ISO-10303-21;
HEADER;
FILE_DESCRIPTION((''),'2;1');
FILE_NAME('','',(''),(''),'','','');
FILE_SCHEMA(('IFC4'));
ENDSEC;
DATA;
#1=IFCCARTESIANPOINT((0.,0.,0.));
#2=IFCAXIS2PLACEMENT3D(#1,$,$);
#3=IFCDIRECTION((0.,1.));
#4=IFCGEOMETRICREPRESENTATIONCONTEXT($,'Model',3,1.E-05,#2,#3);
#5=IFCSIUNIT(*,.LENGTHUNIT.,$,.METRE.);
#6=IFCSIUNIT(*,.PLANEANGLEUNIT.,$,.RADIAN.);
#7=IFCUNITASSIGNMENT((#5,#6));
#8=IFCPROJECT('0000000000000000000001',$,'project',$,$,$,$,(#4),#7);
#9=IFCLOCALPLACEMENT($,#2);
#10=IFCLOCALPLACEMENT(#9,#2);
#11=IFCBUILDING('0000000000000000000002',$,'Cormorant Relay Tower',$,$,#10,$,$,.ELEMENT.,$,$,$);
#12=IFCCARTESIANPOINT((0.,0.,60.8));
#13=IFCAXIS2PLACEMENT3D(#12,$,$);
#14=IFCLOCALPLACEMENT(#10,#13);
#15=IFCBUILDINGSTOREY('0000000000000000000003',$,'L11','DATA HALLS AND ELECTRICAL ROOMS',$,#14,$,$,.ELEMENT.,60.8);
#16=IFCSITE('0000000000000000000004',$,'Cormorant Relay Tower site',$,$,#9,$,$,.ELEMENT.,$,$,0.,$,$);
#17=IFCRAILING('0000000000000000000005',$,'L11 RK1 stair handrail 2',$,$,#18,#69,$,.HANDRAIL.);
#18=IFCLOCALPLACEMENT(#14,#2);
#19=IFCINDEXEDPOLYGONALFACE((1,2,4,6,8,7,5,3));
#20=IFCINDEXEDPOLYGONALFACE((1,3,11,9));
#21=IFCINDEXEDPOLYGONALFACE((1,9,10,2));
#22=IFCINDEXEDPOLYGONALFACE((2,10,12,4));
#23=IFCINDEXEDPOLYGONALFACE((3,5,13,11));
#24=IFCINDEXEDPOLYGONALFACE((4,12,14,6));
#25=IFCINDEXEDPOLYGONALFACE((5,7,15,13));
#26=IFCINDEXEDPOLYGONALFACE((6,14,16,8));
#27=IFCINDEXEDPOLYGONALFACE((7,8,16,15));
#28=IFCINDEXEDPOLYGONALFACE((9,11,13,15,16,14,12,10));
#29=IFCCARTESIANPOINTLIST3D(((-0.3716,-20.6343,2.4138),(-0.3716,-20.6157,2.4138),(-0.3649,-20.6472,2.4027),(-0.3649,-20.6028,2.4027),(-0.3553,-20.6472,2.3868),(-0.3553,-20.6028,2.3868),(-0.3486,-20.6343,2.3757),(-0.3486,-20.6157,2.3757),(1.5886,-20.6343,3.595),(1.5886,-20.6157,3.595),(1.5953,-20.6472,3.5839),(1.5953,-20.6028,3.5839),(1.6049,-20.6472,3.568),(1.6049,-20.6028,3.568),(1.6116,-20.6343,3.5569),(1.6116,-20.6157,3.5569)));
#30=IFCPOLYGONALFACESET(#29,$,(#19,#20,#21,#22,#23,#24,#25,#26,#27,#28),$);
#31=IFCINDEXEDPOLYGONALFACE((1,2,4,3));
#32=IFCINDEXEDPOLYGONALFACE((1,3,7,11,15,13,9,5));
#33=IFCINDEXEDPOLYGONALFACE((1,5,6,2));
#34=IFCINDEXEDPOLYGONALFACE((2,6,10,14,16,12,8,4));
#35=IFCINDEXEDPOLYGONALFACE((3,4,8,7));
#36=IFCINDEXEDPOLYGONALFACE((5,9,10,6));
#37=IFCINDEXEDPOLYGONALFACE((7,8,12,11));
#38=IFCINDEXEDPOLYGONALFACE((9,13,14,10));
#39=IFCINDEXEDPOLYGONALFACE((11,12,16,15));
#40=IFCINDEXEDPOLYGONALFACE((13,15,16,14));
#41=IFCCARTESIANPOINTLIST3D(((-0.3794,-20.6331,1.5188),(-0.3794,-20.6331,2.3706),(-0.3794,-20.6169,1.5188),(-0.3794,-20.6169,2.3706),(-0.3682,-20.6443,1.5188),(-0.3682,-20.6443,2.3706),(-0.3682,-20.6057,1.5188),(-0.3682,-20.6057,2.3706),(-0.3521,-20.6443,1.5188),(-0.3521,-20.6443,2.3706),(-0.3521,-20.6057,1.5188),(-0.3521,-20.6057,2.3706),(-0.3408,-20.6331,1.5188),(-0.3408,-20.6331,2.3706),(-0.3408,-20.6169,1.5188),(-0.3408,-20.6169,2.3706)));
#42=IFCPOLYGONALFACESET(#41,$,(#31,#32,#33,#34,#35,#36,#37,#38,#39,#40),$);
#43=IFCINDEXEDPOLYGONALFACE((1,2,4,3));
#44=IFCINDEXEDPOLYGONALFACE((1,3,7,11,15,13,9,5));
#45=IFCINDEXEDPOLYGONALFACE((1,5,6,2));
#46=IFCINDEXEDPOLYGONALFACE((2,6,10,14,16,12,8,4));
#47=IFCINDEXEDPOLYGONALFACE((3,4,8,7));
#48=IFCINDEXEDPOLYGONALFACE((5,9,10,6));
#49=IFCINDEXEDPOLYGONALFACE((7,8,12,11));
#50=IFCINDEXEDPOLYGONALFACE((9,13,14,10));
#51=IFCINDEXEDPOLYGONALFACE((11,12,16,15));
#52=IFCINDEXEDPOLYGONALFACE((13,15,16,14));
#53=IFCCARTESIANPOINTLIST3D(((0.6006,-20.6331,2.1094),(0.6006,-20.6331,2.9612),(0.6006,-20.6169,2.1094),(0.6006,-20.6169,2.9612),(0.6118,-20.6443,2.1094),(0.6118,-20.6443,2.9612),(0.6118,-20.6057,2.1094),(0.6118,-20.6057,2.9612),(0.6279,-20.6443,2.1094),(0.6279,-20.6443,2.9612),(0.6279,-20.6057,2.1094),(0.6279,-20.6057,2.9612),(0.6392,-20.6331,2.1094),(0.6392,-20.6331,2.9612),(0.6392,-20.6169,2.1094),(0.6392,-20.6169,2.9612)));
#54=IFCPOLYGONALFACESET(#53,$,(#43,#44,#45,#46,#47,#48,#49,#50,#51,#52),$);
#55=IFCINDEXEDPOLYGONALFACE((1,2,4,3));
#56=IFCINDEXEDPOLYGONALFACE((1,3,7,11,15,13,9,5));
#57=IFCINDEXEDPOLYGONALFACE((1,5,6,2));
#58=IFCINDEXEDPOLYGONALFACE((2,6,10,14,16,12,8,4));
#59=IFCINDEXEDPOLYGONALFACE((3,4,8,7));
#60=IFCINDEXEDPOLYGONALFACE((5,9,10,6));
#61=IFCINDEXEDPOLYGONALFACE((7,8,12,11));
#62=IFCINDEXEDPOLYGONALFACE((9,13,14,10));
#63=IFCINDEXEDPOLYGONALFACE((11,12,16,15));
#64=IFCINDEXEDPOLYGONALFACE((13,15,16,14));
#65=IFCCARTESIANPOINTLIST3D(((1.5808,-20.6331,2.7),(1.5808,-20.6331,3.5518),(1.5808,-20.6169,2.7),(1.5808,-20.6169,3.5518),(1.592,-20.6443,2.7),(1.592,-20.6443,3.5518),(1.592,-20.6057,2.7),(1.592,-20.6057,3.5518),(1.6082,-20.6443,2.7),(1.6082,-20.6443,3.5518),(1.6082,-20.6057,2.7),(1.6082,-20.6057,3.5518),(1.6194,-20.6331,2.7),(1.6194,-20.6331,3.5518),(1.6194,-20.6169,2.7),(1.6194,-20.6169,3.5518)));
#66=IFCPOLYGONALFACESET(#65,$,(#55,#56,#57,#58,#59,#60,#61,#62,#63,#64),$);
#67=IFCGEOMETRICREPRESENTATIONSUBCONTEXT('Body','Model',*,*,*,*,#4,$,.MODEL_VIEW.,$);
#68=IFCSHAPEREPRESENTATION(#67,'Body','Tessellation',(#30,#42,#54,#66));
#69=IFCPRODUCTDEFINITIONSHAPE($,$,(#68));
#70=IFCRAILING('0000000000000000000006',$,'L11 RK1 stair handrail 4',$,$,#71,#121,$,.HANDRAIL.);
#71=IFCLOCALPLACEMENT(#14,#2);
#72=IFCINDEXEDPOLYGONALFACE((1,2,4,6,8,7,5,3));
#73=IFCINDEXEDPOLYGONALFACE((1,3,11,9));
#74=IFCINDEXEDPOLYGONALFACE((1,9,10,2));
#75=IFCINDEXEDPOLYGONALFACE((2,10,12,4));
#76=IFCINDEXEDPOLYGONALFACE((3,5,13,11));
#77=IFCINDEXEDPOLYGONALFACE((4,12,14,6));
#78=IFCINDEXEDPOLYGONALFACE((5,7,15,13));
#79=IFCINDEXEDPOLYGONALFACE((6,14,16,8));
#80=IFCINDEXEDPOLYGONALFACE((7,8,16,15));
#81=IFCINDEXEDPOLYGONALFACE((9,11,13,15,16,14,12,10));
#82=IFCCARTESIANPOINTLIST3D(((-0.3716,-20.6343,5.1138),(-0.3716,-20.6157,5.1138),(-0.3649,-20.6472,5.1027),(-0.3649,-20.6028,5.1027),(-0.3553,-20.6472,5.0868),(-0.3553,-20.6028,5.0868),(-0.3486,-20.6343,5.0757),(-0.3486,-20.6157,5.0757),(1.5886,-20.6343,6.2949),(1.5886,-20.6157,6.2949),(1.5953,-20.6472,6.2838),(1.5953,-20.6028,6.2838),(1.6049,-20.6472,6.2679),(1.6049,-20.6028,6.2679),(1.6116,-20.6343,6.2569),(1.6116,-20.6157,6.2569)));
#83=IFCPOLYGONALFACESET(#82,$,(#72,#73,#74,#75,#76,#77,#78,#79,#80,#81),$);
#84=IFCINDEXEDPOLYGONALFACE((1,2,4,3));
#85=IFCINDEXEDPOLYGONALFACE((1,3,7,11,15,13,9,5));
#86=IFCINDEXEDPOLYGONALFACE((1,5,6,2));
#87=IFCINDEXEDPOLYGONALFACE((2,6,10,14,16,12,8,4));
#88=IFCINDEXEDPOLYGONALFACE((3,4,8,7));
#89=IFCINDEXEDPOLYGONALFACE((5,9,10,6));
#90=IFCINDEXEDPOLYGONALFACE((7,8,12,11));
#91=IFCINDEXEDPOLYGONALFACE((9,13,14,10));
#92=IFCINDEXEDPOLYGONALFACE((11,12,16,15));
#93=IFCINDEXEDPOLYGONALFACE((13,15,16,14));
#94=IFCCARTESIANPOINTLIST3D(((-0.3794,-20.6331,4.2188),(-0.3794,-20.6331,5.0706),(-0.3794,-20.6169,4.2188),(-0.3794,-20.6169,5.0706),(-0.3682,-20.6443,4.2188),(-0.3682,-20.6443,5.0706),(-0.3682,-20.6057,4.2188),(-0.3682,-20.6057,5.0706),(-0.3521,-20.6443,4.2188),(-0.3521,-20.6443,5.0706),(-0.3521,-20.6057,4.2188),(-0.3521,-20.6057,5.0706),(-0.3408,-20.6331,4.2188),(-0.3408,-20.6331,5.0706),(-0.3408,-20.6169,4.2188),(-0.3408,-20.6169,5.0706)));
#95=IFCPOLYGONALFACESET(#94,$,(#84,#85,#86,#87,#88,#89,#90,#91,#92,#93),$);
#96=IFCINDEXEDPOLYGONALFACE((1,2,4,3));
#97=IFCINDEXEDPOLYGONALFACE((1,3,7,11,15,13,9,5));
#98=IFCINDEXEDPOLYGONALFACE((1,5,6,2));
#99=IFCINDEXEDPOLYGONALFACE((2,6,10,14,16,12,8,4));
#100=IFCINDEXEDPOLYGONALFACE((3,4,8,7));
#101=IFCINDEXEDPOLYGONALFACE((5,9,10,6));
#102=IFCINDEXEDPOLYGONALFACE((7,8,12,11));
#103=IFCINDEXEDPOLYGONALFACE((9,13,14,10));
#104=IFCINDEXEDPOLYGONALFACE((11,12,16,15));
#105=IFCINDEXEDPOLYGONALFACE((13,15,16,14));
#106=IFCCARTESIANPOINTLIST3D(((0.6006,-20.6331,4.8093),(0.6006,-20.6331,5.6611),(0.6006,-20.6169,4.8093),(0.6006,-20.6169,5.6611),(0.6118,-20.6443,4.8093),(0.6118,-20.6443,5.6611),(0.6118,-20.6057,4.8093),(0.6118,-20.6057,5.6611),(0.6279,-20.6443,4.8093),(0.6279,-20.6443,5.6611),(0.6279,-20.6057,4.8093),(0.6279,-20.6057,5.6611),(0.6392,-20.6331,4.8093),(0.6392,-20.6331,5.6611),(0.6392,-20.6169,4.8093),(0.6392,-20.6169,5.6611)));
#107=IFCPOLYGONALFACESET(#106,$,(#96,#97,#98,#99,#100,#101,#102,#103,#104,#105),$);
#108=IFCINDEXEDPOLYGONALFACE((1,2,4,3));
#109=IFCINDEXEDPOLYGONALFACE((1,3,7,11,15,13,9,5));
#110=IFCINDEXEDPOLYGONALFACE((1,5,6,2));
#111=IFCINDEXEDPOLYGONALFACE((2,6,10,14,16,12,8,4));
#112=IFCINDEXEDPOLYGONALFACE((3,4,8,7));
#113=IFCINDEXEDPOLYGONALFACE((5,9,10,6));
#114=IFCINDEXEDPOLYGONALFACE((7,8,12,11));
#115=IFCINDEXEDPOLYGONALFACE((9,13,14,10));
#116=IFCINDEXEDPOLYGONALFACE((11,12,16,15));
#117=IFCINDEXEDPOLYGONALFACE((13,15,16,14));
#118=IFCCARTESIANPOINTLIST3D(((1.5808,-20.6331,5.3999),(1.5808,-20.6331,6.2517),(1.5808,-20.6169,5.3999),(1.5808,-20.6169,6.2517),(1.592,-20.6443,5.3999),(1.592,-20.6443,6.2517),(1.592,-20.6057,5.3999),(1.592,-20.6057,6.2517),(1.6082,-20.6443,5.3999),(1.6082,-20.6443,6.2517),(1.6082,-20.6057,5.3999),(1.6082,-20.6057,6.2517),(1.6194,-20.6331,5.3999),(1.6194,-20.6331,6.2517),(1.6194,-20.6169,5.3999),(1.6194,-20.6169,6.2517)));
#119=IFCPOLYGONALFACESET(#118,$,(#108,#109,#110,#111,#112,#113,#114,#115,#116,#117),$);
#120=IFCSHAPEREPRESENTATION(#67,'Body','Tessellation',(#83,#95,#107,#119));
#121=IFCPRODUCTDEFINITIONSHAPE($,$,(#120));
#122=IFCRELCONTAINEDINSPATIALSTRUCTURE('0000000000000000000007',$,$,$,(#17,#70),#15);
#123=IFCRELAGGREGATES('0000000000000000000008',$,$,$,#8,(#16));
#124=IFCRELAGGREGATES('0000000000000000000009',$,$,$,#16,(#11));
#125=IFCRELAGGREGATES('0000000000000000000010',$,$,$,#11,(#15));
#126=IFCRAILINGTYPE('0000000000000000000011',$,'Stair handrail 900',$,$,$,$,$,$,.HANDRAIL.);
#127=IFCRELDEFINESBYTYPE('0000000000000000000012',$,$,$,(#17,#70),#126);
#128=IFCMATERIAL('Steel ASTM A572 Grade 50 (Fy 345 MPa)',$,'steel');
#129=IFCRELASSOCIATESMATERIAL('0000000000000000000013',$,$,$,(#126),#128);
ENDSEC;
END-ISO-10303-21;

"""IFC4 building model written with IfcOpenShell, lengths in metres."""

from ifc_helpers import new_model, si_unit, direction, frame, origin, place, context, subcontext, project, spatial, polyline, outline, extrude, material, type_object, element, save


model = new_model("IFC4")

# Units and contexts
model_context = context("Model", 3, precision=1e-05, world=origin(), true_north=direction((0.0, 1.0)))
body_context = subcontext(model_context, "Body", "Model", "MODEL_VIEW")
ifc_project = project(units=[si_unit("LENGTHUNIT", "METRE"), si_unit("PLANEANGLEUNIT", "RADIAN")], contexts=[model_context])

# Site, building, storey
site_placement = place(None, origin())
site = spatial("IfcSite", under=ifc_project, at=site_placement, Name="Cormorant Relay Tower site", CompositionType="ELEMENT", RefElevation=0.0)
building_placement = place(site_placement, origin())
building = spatial("IfcBuilding", under=site, at=building_placement, Name="Cormorant Relay Tower", CompositionType="ELEMENT")
storey_placement = place(building_placement, frame((0.0, 0.0, 60.8)))
storey = spatial("IfcBuildingStorey", under=building, at=storey_placement, Name="L11", Description="DATA HALLS AND ELECTRICAL ROOMS", CompositionType="ELEMENT", Elevation=60.8)

# Railings
ifc_material_1 = material(Name="Steel ASTM A572 Grade 50 (Fy 345 MPa)", Category="steel")
railing_type_1 = type_object("IfcRailingType", Name="Stair handrail 900", PredefinedType="HANDRAIL", material=ifc_material_1)
for number, where, name in (
    (1, (-0.3601, -20.625, 1.5188), "L11 RK1 stair handrail 2"),
    (2, (-0.3601, -20.625, 4.2188), "L11 RK1 stair handrail 4"),
):
    element("IfcRailing", number, at=place(storey_placement, frame(where)), inside=storey, type_object=railing_type_1, Name=name, PredefinedType="HANDRAIL", context=body_context, shape_type="SweptSolid", body=[
        extrude(outline(polyline([(0.0222, 0.0093), (0.0093, 0.0222), (-0.0093, 0.0222), (-0.0222, 0.0093), (-0.0222, -0.0093), (-0.0093, -0.0222), (0.0093, -0.0222), (0.0222, -0.0093), (0.0222, 0.0093)])), frame((0.0, 0.0, 0.876), z_axis=(0.856522, 0.0, 0.516111), x_axis=(0.0, 1.0, 0.0)), (0.0, 0.0, 1.0), 2.2886),
        extrude(outline(polyline([(0.0193, 0.0081), (0.0081, 0.0193), (-0.0081, 0.0193), (-0.0193, 0.0081), (-0.0193, -0.0081), (-0.0081, -0.0193), (0.0081, -0.0193), (0.0193, -0.0081), (0.0193, 0.0081)])), origin(), (0.0, 0.0, 1.0), 0.8518),
        extrude(outline(polyline([(0.0193, 0.0081), (0.0081, 0.0193), (-0.0081, 0.0193), (-0.0193, 0.0081), (-0.0193, -0.0081), (-0.0081, -0.0193), (0.0081, -0.0193), (0.0193, -0.0081), (0.0193, 0.0081)])), frame((0.98, 0.0, 0.5906)), (0.0, 0.0, 1.0), 0.8518),
        extrude(outline(polyline([(0.0193, 0.0081), (0.0081, 0.0193), (-0.0081, 0.0193), (-0.0193, 0.0081), (-0.0193, -0.0081), (-0.0081, -0.0193), (0.0081, -0.0193), (0.0193, -0.0081), (0.0193, 0.0081)])), frame((1.9602, 0.0, 1.1812)), (0.0, 0.0, 1.0), 0.8518),
    ])

save(model, "model.ifc")
